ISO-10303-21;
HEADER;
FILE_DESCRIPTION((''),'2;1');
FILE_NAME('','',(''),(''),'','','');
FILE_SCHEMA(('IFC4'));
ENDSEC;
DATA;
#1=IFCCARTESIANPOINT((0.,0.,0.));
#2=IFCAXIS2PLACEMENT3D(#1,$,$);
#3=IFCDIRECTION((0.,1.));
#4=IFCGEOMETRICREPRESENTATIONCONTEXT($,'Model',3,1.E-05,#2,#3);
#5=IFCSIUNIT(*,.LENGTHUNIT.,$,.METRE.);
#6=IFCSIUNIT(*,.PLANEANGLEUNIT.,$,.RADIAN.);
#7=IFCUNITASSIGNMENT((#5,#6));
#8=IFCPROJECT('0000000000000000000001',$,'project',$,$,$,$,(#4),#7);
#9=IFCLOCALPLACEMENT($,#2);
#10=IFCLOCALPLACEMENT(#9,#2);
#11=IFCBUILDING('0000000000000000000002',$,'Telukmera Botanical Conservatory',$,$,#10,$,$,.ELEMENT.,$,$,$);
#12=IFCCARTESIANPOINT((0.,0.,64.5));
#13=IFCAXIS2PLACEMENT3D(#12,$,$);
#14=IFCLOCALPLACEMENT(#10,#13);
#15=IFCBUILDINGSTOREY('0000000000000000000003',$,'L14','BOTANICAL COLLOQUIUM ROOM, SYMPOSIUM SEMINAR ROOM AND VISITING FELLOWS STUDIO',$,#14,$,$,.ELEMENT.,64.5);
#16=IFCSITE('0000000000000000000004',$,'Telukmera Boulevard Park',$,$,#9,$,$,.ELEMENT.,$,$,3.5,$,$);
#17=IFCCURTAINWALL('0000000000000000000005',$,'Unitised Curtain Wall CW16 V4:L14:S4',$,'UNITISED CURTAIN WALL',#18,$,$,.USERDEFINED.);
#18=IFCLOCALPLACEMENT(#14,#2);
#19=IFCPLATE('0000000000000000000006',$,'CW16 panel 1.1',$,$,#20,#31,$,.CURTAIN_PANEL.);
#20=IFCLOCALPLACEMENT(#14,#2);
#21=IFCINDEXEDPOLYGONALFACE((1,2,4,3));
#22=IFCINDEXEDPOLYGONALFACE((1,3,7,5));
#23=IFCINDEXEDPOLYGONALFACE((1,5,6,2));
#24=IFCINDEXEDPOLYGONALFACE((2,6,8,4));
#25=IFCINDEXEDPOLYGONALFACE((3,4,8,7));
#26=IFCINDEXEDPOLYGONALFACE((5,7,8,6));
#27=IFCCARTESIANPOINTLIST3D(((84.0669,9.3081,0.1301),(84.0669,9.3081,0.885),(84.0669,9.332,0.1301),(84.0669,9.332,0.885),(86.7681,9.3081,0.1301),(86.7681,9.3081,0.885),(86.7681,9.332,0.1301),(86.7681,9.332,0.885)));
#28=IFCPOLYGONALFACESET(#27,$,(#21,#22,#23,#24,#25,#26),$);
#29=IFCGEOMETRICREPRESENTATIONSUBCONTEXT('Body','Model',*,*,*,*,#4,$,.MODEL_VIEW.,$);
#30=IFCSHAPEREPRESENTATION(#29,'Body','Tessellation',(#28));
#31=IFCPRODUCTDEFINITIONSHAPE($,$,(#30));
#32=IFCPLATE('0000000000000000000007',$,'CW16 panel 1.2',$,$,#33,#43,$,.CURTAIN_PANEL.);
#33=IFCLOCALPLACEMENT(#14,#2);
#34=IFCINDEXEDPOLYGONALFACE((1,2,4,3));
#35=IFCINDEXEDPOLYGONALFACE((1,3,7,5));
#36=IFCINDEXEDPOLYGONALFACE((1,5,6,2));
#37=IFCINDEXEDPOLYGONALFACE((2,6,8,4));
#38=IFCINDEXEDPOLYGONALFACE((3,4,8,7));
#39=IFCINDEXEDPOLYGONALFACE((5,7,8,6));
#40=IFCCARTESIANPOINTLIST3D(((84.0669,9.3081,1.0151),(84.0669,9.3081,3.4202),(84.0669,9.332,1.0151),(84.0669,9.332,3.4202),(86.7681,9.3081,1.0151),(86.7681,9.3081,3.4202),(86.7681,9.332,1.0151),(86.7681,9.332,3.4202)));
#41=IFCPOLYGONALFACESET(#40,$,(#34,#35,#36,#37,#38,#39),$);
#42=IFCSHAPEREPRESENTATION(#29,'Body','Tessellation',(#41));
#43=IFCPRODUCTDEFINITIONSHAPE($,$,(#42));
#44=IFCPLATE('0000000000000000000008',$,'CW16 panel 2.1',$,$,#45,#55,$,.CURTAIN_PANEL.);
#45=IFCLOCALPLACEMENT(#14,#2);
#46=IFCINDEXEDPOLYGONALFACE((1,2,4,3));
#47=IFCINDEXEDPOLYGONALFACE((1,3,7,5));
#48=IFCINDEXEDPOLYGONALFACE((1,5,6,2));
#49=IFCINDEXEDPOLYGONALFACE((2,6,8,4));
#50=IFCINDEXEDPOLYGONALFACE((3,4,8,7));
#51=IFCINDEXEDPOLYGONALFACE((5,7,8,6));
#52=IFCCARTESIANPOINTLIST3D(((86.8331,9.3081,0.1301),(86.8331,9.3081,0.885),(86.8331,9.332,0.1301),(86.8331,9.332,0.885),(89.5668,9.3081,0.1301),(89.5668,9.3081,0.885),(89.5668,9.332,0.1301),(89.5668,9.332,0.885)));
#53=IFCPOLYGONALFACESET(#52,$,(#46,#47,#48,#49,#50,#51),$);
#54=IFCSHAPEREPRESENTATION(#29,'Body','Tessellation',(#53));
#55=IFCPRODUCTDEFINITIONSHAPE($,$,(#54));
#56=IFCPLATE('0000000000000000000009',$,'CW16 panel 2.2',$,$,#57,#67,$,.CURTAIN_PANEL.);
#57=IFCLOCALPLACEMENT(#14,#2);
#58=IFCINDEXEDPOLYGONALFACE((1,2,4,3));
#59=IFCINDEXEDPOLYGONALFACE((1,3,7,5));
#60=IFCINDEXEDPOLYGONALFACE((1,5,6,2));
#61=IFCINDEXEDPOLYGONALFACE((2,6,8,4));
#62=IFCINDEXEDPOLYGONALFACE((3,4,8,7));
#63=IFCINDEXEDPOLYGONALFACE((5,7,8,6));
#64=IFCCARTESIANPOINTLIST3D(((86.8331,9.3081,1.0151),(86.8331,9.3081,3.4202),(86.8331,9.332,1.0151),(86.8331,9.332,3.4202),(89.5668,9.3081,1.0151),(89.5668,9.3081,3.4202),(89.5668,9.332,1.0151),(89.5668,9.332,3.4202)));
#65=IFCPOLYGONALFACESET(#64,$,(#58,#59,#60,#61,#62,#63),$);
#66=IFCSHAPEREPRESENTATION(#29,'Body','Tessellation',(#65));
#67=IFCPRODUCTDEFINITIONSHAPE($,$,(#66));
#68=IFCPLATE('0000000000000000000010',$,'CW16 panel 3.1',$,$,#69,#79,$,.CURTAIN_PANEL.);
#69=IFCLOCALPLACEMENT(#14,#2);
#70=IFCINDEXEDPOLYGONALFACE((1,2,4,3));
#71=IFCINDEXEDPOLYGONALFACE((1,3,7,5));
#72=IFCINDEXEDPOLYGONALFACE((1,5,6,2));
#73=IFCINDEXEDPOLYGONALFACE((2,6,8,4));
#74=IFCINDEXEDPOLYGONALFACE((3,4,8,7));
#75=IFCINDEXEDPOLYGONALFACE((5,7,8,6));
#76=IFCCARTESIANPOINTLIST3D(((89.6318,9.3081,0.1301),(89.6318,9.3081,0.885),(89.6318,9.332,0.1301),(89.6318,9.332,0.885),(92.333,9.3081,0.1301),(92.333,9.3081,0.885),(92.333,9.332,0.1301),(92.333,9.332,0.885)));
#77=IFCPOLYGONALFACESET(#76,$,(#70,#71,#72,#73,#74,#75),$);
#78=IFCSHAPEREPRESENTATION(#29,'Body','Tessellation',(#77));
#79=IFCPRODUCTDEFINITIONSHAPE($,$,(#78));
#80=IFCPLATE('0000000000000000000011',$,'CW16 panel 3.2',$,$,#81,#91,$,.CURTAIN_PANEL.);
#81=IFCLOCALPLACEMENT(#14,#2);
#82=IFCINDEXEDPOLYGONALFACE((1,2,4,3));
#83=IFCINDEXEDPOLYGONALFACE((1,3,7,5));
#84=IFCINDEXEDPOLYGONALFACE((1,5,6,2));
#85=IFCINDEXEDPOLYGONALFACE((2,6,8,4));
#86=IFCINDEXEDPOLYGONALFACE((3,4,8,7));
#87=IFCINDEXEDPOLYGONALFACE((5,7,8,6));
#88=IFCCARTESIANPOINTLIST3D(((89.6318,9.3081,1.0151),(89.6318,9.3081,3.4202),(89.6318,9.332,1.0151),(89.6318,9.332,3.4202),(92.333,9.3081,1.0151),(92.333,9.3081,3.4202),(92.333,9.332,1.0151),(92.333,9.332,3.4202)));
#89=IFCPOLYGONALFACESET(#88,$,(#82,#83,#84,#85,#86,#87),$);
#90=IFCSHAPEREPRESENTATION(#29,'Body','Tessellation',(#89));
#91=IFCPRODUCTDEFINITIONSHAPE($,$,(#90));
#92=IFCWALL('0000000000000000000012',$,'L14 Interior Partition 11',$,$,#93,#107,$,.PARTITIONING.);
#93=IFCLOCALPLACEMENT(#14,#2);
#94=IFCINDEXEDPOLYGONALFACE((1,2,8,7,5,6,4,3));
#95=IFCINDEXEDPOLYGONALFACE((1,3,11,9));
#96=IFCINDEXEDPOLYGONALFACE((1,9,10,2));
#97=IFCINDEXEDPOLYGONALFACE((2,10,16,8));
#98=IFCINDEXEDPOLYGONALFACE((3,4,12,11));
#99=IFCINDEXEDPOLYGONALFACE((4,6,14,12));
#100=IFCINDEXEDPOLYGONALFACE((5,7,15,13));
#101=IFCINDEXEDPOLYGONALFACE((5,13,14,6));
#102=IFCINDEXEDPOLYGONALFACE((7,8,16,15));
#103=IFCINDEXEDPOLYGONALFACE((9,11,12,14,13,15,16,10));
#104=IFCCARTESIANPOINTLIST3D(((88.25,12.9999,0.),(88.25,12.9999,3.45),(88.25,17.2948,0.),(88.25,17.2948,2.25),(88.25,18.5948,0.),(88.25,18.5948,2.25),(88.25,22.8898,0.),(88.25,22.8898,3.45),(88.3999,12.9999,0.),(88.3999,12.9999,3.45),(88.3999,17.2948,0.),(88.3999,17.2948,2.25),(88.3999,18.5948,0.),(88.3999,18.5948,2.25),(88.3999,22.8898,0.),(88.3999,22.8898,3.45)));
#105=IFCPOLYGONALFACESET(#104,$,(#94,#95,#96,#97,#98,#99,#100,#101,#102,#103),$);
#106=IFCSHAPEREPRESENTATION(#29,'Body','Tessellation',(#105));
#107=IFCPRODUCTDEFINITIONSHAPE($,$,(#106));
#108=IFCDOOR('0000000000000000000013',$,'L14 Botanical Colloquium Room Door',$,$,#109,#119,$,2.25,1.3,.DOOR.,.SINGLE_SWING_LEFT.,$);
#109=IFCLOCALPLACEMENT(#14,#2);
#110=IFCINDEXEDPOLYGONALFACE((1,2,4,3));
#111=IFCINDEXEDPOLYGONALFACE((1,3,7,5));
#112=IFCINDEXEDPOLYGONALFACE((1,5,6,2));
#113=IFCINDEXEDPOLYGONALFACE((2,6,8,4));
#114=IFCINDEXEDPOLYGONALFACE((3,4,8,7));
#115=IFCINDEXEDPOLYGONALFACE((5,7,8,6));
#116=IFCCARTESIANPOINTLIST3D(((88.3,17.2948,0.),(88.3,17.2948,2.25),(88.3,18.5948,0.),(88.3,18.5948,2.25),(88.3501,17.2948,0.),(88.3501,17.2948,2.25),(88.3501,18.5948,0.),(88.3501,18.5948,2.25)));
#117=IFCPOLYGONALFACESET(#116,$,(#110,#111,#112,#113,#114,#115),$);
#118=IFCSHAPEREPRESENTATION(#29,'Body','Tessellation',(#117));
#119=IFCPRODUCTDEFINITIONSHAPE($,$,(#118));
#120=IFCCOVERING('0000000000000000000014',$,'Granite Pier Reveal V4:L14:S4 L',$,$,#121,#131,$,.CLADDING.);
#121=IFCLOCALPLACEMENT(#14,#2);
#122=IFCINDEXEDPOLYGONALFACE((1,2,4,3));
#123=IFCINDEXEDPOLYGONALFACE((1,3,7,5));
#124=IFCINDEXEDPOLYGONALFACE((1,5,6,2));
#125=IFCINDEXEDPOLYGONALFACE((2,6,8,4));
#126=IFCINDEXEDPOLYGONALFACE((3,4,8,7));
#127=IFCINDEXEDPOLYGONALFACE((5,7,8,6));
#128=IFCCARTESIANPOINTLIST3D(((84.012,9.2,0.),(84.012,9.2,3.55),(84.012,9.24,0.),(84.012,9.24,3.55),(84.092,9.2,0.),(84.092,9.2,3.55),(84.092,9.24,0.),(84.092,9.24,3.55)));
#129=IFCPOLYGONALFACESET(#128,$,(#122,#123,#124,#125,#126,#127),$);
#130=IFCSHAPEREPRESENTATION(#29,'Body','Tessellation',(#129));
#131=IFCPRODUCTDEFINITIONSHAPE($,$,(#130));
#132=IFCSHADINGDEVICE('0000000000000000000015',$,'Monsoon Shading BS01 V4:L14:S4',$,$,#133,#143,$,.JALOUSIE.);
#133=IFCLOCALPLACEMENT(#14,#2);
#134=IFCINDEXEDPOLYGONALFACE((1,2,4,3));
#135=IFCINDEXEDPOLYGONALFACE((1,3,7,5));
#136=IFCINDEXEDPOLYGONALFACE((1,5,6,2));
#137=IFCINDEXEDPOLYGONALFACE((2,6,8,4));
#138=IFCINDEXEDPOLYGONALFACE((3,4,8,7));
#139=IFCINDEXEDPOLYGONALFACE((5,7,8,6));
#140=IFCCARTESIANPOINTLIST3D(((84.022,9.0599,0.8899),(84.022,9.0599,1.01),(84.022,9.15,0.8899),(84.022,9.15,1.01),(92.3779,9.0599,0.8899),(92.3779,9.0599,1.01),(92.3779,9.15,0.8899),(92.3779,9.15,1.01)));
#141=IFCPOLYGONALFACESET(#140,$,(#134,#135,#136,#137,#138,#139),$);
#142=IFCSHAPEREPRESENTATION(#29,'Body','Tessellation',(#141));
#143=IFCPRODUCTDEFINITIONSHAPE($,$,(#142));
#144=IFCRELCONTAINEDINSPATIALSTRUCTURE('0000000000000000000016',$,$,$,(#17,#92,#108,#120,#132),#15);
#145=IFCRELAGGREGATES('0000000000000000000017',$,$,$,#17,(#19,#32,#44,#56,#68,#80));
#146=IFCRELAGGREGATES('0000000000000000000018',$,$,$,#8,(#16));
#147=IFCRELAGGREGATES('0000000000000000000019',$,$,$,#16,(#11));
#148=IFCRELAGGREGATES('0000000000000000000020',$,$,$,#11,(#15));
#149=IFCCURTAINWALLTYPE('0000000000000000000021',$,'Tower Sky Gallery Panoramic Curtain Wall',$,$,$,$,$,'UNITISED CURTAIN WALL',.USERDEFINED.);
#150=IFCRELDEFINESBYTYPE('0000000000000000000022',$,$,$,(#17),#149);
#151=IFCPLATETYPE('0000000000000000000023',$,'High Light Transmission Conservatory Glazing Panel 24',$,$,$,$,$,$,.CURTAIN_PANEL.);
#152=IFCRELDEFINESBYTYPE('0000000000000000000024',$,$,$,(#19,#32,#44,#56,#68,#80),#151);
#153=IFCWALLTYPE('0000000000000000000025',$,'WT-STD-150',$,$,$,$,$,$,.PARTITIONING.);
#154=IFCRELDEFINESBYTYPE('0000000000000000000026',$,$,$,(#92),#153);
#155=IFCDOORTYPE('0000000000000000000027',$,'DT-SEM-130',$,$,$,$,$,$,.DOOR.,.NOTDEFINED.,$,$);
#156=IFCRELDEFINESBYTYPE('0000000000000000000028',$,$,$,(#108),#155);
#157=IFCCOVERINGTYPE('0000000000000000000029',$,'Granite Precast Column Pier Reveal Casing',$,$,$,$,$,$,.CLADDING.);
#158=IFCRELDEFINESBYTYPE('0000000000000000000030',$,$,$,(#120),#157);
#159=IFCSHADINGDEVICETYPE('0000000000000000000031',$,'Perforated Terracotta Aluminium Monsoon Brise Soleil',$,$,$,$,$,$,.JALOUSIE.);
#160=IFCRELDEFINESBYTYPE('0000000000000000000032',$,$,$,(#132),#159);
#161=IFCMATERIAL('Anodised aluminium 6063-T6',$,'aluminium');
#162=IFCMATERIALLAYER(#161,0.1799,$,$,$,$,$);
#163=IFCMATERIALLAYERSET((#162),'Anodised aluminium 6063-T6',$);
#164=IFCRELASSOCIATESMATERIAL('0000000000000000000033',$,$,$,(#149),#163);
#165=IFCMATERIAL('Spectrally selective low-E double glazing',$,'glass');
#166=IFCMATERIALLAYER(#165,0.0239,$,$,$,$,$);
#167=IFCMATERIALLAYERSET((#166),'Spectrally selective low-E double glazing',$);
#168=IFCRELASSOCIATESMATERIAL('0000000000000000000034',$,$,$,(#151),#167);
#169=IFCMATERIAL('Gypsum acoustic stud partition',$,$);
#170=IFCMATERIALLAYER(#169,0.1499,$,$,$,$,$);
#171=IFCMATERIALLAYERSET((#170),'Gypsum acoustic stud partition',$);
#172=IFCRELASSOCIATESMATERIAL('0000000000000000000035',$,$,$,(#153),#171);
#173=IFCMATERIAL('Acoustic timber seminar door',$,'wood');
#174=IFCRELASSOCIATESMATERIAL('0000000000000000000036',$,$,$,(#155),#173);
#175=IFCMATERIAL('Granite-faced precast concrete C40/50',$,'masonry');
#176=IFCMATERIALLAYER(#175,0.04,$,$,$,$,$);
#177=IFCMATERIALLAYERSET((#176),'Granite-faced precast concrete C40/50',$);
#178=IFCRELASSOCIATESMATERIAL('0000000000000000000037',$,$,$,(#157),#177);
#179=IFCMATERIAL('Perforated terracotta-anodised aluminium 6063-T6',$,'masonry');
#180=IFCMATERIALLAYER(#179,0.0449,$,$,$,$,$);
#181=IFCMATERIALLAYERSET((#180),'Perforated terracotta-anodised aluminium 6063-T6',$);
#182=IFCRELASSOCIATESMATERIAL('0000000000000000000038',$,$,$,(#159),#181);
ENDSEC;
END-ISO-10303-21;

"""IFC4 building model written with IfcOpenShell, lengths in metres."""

from ifc_helpers import new_model, si_unit, direction, frame, frame_2d, origin, origin_2d, place, context, subcontext, project, spatial, rectangle, extrude, material, layer, layer_set, type_object, element, fill, aggregate, save


model = new_model("IFC4")

# Units and contexts
model_context = context("Model", 3, precision=1e-05, world=origin(), true_north=direction((0.0, 1.0)))
body_context = subcontext(model_context, "Body", "Model", "MODEL_VIEW")
ifc_project = project(units=[si_unit("LENGTHUNIT", "METRE"), si_unit("PLANEANGLEUNIT", "RADIAN")], contexts=[model_context])

# Site, building, storey
site_placement = place(None, origin())
site = spatial("IfcSite", under=ifc_project, at=site_placement, Name="Telukmera Boulevard Park", CompositionType="ELEMENT", RefElevation=3.5)
building_placement = place(site_placement, origin())
building = spatial("IfcBuilding", under=site, at=building_placement, Name="Telukmera Botanical Conservatory", CompositionType="ELEMENT")
storey_placement = place(building_placement, frame((0.0, 0.0, 64.5)))
storey = spatial("IfcBuildingStorey", under=building, at=storey_placement, Name="L14", Description="BOTANICAL COLLOQUIUM ROOM, SYMPOSIUM SEMINAR ROOM AND VISITING FELLOWS STUDIO", CompositionType="ELEMENT", Elevation=64.5)

# Curtain wall, plates
ifc_material_1 = material(Name="Anodised aluminium 6063-T6", Category="aluminium")
ifc_layer_1 = layer(ifc_material_1, 0.1799)
ifc_layer_set_1 = layer_set([ifc_layer_1], Name="Anodised aluminium 6063-T6")
curtain_wall_type = type_object("IfcCurtainWallType", Name="Tower Sky Gallery Panoramic Curtain Wall", ElementType="UNITISED CURTAIN WALL", PredefinedType="USERDEFINED", material=ifc_layer_set_1)
curtain_wall_placement = place(storey_placement, origin())
curtain_wall = element("IfcCurtainWall", 1, at=curtain_wall_placement, inside=storey, type_object=curtain_wall_type, Name="Unitised Curtain Wall CW16 V4:L14:S4", ObjectType="UNITISED CURTAIN WALL", PredefinedType="USERDEFINED")
ifc_material_2 = material(Name="Spectrally selective low-E double glazing", Category="glass")
ifc_layer_2 = layer(ifc_material_2, 0.0239)
ifc_layer_set_2 = layer_set([ifc_layer_2], Name="Spectrally selective low-E double glazing")
plate_type = type_object("IfcPlateType", Name="High Light Transmission Conservatory Glazing Panel 24", PredefinedType="CURTAIN_PANEL", material=ifc_layer_set_2)
plate_1_placement = place(storey_placement, frame((85.4175, 9.3201, 0.1301), z_axis=(0.0, 0.0, 1.0), x_axis=(1.0, 0.0, 0.0)))
plate_1 = element("IfcPlate", 2, at=plate_1_placement, type_object=plate_type, Name="CW16 panel 1.1", PredefinedType="CURTAIN_PANEL", context=body_context, shape_type="SweptSolid", body=[
    extrude(rectangle(XDim=2.7012, YDim=0.0239, at=origin_2d()), origin(), (0.0, 0.0, 1.0), 0.7549),
])
plate_2_placement = place(storey_placement, frame((85.4175, 9.3201, 1.0151), z_axis=(0.0, 0.0, 1.0), x_axis=(1.0, 0.0, 0.0)))
plate_2 = element("IfcPlate", 3, at=plate_2_placement, type_object=plate_type, Name="CW16 panel 1.2", PredefinedType="CURTAIN_PANEL", context=body_context, shape_type="SweptSolid", body=[
    extrude(rectangle(XDim=2.7012, YDim=0.0239, at=origin_2d()), origin(), (0.0, 0.0, 1.0), 2.405),
])
plate_3_placement = place(storey_placement, frame((88.2, 9.3201, 0.1301), z_axis=(0.0, 0.0, 1.0), x_axis=(1.0, 0.0, 0.0)))
plate_3 = element("IfcPlate", 4, at=plate_3_placement, type_object=plate_type, Name="CW16 panel 2.1", PredefinedType="CURTAIN_PANEL", context=body_context, shape_type="SweptSolid", body=[
    extrude(rectangle(XDim=2.7336, YDim=0.0239, at=origin_2d()), origin(), (0.0, 0.0, 1.0), 0.7549),
])
plate_4_placement = place(storey_placement, frame((88.2, 9.3201, 1.0151), z_axis=(0.0, 0.0, 1.0), x_axis=(1.0, 0.0, 0.0)))
plate_4 = element("IfcPlate", 5, at=plate_4_placement, type_object=plate_type, Name="CW16 panel 2.2", PredefinedType="CURTAIN_PANEL", context=body_context, shape_type="SweptSolid", body=[
    extrude(rectangle(XDim=2.7336, YDim=0.0239, at=origin_2d()), origin(), (0.0, 0.0, 1.0), 2.405),
])
plate_5_placement = place(storey_placement, frame((90.9824, 9.3201, 0.1301), z_axis=(0.0, 0.0, 1.0), x_axis=(1.0, 0.0, 0.0)))
plate_5 = element("IfcPlate", 6, at=plate_5_placement, type_object=plate_type, Name="CW16 panel 3.1", PredefinedType="CURTAIN_PANEL", context=body_context, shape_type="SweptSolid", body=[
    extrude(rectangle(XDim=2.7012, YDim=0.0239, at=origin_2d()), origin(), (0.0, 0.0, 1.0), 0.7549),
])
plate_6_placement = place(storey_placement, frame((90.9824, 9.3201, 1.0151), z_axis=(0.0, 0.0, 1.0), x_axis=(1.0, 0.0, 0.0)))
plate_6 = element("IfcPlate", 7, at=plate_6_placement, type_object=plate_type, Name="CW16 panel 3.2", PredefinedType="CURTAIN_PANEL", context=body_context, shape_type="SweptSolid", body=[
    extrude(rectangle(XDim=2.7012, YDim=0.0239, at=origin_2d()), origin(), (0.0, 0.0, 1.0), 2.405),
])
aggregate(curtain_wall, [plate_1, plate_2, plate_3, plate_4, plate_5, plate_6])

# Wall, opening, door
ifc_material_3 = material(Name="Gypsum acoustic stud partition")
ifc_layer_3 = layer(ifc_material_3, 0.1499)
ifc_layer_set_3 = layer_set([ifc_layer_3], Name="Gypsum acoustic stud partition")
wall_type = type_object("IfcWallType", Name="WT-STD-150", PredefinedType="PARTITIONING", material=ifc_layer_set_3)
wall_1_placement = place(storey_placement, frame((88.325, 13.0, 0.0), z_axis=(0.0, 0.0, 1.0), x_axis=(0.0, 1.0, 0.0)))
wall_1 = element("IfcWall", 8, at=wall_1_placement, inside=storey, type_object=wall_type, Name="L14 Interior Partition 11", PredefinedType="PARTITIONING", context=body_context, shape_type="SweptSolid", body=[
    extrude(rectangle(XDim=9.8899, YDim=0.1499, at=frame_2d((4.9448, 0.0))), origin(), (0.0, 0.0, 1.0), 3.45),
])
opening_1_placement = place(wall_1_placement, frame((4.2949, 0.0, 0.0)))
opening_1 = element("IfcOpeningElement", 9, at=opening_1_placement, cuts=wall_1, PredefinedType="OPENING", context=body_context, shape_type="SweptSolid", body=[
    extrude(rectangle(XDim=1.3, YDim=2.25, at=frame_2d((0.6499, 1.125))), frame((0.0, 0.085, 0.0), z_axis=(0.0, -1.0, 0.0), x_axis=(1.0, 0.0, 0.0)), (0.0, 0.0, 1.0), 0.1699),
])
ifc_material_4 = material(Name="Acoustic timber seminar door", Category="wood")
door_type_1 = type_object("IfcDoorType", Name="DT-SEM-130", OperationType="NOTDEFINED", PredefinedType="DOOR", material=ifc_material_4)
door_1_placement = place(opening_1_placement, origin())
door_1 = element("IfcDoor", 10, at=door_1_placement, inside=storey, type_object=door_type_1, Name="L14 Botanical Colloquium Room Door", OperationType="SINGLE_SWING_LEFT", OverallHeight=2.25, OverallWidth=1.3, PredefinedType="DOOR", context=body_context, shape_type="SweptSolid", body=[
    extrude(rectangle(XDim=1.3, YDim=2.25, at=frame_2d((0.6499, 1.125))), frame((0.0, 0.0249, 0.0), z_axis=(0.0, -1.0, 0.0), x_axis=(1.0, 0.0, 0.0)), (0.0, 0.0, 1.0), 0.05),
])
fill(opening_1, door_1)

# Covering
ifc_material_5 = material(Name="Granite-faced precast concrete C40/50", Category="masonry")
ifc_layer_4 = layer(ifc_material_5, 0.04)
ifc_layer_set_4 = layer_set([ifc_layer_4], Name="Granite-faced precast concrete C40/50")
covering_type = type_object("IfcCoveringType", Name="Granite Precast Column Pier Reveal Casing", PredefinedType="CLADDING", material=ifc_layer_set_4)
covering_placement = place(storey_placement, frame((84.052, 9.22, 0.0), z_axis=(0.0, 0.0, 1.0), x_axis=(1.0, 0.0, 0.0)))
element("IfcCovering", 11, at=covering_placement, inside=storey, type_object=covering_type, Name="Granite Pier Reveal V4:L14:S4 L", PredefinedType="CLADDING", context=body_context, shape_type="SweptSolid", body=[
    extrude(rectangle(XDim=0.0801, YDim=0.04, at=origin_2d()), origin(), (0.0, 0.0, 1.0), 3.55),
])

# Shading device
ifc_material_6 = material(Name="Perforated terracotta-anodised aluminium 6063-T6", Category="masonry")
ifc_layer_5 = layer(ifc_material_6, 0.0449)
ifc_layer_set_5 = layer_set([ifc_layer_5], Name="Perforated terracotta-anodised aluminium 6063-T6")
shading_device_type = type_object("IfcShadingDeviceType", Name="Perforated Terracotta Aluminium Monsoon Brise Soleil", PredefinedType="JALOUSIE", material=ifc_layer_set_5)
shading_device_placement = place(storey_placement, frame((88.2, 9.105, 0.8899), z_axis=(0.0, 0.0, 1.0), x_axis=(1.0, 0.0, 0.0)))
element("IfcShadingDevice", 12, at=shading_device_placement, inside=storey, type_object=shading_device_type, Name="Monsoon Shading BS01 V4:L14:S4", PredefinedType="JALOUSIE", context=body_context, shape_type="SweptSolid", body=[
    extrude(rectangle(XDim=8.356, YDim=0.0901, at=origin_2d()), origin(), (0.0, 0.0, 1.0), 0.1201),
])

save(model, "model.ifc")
